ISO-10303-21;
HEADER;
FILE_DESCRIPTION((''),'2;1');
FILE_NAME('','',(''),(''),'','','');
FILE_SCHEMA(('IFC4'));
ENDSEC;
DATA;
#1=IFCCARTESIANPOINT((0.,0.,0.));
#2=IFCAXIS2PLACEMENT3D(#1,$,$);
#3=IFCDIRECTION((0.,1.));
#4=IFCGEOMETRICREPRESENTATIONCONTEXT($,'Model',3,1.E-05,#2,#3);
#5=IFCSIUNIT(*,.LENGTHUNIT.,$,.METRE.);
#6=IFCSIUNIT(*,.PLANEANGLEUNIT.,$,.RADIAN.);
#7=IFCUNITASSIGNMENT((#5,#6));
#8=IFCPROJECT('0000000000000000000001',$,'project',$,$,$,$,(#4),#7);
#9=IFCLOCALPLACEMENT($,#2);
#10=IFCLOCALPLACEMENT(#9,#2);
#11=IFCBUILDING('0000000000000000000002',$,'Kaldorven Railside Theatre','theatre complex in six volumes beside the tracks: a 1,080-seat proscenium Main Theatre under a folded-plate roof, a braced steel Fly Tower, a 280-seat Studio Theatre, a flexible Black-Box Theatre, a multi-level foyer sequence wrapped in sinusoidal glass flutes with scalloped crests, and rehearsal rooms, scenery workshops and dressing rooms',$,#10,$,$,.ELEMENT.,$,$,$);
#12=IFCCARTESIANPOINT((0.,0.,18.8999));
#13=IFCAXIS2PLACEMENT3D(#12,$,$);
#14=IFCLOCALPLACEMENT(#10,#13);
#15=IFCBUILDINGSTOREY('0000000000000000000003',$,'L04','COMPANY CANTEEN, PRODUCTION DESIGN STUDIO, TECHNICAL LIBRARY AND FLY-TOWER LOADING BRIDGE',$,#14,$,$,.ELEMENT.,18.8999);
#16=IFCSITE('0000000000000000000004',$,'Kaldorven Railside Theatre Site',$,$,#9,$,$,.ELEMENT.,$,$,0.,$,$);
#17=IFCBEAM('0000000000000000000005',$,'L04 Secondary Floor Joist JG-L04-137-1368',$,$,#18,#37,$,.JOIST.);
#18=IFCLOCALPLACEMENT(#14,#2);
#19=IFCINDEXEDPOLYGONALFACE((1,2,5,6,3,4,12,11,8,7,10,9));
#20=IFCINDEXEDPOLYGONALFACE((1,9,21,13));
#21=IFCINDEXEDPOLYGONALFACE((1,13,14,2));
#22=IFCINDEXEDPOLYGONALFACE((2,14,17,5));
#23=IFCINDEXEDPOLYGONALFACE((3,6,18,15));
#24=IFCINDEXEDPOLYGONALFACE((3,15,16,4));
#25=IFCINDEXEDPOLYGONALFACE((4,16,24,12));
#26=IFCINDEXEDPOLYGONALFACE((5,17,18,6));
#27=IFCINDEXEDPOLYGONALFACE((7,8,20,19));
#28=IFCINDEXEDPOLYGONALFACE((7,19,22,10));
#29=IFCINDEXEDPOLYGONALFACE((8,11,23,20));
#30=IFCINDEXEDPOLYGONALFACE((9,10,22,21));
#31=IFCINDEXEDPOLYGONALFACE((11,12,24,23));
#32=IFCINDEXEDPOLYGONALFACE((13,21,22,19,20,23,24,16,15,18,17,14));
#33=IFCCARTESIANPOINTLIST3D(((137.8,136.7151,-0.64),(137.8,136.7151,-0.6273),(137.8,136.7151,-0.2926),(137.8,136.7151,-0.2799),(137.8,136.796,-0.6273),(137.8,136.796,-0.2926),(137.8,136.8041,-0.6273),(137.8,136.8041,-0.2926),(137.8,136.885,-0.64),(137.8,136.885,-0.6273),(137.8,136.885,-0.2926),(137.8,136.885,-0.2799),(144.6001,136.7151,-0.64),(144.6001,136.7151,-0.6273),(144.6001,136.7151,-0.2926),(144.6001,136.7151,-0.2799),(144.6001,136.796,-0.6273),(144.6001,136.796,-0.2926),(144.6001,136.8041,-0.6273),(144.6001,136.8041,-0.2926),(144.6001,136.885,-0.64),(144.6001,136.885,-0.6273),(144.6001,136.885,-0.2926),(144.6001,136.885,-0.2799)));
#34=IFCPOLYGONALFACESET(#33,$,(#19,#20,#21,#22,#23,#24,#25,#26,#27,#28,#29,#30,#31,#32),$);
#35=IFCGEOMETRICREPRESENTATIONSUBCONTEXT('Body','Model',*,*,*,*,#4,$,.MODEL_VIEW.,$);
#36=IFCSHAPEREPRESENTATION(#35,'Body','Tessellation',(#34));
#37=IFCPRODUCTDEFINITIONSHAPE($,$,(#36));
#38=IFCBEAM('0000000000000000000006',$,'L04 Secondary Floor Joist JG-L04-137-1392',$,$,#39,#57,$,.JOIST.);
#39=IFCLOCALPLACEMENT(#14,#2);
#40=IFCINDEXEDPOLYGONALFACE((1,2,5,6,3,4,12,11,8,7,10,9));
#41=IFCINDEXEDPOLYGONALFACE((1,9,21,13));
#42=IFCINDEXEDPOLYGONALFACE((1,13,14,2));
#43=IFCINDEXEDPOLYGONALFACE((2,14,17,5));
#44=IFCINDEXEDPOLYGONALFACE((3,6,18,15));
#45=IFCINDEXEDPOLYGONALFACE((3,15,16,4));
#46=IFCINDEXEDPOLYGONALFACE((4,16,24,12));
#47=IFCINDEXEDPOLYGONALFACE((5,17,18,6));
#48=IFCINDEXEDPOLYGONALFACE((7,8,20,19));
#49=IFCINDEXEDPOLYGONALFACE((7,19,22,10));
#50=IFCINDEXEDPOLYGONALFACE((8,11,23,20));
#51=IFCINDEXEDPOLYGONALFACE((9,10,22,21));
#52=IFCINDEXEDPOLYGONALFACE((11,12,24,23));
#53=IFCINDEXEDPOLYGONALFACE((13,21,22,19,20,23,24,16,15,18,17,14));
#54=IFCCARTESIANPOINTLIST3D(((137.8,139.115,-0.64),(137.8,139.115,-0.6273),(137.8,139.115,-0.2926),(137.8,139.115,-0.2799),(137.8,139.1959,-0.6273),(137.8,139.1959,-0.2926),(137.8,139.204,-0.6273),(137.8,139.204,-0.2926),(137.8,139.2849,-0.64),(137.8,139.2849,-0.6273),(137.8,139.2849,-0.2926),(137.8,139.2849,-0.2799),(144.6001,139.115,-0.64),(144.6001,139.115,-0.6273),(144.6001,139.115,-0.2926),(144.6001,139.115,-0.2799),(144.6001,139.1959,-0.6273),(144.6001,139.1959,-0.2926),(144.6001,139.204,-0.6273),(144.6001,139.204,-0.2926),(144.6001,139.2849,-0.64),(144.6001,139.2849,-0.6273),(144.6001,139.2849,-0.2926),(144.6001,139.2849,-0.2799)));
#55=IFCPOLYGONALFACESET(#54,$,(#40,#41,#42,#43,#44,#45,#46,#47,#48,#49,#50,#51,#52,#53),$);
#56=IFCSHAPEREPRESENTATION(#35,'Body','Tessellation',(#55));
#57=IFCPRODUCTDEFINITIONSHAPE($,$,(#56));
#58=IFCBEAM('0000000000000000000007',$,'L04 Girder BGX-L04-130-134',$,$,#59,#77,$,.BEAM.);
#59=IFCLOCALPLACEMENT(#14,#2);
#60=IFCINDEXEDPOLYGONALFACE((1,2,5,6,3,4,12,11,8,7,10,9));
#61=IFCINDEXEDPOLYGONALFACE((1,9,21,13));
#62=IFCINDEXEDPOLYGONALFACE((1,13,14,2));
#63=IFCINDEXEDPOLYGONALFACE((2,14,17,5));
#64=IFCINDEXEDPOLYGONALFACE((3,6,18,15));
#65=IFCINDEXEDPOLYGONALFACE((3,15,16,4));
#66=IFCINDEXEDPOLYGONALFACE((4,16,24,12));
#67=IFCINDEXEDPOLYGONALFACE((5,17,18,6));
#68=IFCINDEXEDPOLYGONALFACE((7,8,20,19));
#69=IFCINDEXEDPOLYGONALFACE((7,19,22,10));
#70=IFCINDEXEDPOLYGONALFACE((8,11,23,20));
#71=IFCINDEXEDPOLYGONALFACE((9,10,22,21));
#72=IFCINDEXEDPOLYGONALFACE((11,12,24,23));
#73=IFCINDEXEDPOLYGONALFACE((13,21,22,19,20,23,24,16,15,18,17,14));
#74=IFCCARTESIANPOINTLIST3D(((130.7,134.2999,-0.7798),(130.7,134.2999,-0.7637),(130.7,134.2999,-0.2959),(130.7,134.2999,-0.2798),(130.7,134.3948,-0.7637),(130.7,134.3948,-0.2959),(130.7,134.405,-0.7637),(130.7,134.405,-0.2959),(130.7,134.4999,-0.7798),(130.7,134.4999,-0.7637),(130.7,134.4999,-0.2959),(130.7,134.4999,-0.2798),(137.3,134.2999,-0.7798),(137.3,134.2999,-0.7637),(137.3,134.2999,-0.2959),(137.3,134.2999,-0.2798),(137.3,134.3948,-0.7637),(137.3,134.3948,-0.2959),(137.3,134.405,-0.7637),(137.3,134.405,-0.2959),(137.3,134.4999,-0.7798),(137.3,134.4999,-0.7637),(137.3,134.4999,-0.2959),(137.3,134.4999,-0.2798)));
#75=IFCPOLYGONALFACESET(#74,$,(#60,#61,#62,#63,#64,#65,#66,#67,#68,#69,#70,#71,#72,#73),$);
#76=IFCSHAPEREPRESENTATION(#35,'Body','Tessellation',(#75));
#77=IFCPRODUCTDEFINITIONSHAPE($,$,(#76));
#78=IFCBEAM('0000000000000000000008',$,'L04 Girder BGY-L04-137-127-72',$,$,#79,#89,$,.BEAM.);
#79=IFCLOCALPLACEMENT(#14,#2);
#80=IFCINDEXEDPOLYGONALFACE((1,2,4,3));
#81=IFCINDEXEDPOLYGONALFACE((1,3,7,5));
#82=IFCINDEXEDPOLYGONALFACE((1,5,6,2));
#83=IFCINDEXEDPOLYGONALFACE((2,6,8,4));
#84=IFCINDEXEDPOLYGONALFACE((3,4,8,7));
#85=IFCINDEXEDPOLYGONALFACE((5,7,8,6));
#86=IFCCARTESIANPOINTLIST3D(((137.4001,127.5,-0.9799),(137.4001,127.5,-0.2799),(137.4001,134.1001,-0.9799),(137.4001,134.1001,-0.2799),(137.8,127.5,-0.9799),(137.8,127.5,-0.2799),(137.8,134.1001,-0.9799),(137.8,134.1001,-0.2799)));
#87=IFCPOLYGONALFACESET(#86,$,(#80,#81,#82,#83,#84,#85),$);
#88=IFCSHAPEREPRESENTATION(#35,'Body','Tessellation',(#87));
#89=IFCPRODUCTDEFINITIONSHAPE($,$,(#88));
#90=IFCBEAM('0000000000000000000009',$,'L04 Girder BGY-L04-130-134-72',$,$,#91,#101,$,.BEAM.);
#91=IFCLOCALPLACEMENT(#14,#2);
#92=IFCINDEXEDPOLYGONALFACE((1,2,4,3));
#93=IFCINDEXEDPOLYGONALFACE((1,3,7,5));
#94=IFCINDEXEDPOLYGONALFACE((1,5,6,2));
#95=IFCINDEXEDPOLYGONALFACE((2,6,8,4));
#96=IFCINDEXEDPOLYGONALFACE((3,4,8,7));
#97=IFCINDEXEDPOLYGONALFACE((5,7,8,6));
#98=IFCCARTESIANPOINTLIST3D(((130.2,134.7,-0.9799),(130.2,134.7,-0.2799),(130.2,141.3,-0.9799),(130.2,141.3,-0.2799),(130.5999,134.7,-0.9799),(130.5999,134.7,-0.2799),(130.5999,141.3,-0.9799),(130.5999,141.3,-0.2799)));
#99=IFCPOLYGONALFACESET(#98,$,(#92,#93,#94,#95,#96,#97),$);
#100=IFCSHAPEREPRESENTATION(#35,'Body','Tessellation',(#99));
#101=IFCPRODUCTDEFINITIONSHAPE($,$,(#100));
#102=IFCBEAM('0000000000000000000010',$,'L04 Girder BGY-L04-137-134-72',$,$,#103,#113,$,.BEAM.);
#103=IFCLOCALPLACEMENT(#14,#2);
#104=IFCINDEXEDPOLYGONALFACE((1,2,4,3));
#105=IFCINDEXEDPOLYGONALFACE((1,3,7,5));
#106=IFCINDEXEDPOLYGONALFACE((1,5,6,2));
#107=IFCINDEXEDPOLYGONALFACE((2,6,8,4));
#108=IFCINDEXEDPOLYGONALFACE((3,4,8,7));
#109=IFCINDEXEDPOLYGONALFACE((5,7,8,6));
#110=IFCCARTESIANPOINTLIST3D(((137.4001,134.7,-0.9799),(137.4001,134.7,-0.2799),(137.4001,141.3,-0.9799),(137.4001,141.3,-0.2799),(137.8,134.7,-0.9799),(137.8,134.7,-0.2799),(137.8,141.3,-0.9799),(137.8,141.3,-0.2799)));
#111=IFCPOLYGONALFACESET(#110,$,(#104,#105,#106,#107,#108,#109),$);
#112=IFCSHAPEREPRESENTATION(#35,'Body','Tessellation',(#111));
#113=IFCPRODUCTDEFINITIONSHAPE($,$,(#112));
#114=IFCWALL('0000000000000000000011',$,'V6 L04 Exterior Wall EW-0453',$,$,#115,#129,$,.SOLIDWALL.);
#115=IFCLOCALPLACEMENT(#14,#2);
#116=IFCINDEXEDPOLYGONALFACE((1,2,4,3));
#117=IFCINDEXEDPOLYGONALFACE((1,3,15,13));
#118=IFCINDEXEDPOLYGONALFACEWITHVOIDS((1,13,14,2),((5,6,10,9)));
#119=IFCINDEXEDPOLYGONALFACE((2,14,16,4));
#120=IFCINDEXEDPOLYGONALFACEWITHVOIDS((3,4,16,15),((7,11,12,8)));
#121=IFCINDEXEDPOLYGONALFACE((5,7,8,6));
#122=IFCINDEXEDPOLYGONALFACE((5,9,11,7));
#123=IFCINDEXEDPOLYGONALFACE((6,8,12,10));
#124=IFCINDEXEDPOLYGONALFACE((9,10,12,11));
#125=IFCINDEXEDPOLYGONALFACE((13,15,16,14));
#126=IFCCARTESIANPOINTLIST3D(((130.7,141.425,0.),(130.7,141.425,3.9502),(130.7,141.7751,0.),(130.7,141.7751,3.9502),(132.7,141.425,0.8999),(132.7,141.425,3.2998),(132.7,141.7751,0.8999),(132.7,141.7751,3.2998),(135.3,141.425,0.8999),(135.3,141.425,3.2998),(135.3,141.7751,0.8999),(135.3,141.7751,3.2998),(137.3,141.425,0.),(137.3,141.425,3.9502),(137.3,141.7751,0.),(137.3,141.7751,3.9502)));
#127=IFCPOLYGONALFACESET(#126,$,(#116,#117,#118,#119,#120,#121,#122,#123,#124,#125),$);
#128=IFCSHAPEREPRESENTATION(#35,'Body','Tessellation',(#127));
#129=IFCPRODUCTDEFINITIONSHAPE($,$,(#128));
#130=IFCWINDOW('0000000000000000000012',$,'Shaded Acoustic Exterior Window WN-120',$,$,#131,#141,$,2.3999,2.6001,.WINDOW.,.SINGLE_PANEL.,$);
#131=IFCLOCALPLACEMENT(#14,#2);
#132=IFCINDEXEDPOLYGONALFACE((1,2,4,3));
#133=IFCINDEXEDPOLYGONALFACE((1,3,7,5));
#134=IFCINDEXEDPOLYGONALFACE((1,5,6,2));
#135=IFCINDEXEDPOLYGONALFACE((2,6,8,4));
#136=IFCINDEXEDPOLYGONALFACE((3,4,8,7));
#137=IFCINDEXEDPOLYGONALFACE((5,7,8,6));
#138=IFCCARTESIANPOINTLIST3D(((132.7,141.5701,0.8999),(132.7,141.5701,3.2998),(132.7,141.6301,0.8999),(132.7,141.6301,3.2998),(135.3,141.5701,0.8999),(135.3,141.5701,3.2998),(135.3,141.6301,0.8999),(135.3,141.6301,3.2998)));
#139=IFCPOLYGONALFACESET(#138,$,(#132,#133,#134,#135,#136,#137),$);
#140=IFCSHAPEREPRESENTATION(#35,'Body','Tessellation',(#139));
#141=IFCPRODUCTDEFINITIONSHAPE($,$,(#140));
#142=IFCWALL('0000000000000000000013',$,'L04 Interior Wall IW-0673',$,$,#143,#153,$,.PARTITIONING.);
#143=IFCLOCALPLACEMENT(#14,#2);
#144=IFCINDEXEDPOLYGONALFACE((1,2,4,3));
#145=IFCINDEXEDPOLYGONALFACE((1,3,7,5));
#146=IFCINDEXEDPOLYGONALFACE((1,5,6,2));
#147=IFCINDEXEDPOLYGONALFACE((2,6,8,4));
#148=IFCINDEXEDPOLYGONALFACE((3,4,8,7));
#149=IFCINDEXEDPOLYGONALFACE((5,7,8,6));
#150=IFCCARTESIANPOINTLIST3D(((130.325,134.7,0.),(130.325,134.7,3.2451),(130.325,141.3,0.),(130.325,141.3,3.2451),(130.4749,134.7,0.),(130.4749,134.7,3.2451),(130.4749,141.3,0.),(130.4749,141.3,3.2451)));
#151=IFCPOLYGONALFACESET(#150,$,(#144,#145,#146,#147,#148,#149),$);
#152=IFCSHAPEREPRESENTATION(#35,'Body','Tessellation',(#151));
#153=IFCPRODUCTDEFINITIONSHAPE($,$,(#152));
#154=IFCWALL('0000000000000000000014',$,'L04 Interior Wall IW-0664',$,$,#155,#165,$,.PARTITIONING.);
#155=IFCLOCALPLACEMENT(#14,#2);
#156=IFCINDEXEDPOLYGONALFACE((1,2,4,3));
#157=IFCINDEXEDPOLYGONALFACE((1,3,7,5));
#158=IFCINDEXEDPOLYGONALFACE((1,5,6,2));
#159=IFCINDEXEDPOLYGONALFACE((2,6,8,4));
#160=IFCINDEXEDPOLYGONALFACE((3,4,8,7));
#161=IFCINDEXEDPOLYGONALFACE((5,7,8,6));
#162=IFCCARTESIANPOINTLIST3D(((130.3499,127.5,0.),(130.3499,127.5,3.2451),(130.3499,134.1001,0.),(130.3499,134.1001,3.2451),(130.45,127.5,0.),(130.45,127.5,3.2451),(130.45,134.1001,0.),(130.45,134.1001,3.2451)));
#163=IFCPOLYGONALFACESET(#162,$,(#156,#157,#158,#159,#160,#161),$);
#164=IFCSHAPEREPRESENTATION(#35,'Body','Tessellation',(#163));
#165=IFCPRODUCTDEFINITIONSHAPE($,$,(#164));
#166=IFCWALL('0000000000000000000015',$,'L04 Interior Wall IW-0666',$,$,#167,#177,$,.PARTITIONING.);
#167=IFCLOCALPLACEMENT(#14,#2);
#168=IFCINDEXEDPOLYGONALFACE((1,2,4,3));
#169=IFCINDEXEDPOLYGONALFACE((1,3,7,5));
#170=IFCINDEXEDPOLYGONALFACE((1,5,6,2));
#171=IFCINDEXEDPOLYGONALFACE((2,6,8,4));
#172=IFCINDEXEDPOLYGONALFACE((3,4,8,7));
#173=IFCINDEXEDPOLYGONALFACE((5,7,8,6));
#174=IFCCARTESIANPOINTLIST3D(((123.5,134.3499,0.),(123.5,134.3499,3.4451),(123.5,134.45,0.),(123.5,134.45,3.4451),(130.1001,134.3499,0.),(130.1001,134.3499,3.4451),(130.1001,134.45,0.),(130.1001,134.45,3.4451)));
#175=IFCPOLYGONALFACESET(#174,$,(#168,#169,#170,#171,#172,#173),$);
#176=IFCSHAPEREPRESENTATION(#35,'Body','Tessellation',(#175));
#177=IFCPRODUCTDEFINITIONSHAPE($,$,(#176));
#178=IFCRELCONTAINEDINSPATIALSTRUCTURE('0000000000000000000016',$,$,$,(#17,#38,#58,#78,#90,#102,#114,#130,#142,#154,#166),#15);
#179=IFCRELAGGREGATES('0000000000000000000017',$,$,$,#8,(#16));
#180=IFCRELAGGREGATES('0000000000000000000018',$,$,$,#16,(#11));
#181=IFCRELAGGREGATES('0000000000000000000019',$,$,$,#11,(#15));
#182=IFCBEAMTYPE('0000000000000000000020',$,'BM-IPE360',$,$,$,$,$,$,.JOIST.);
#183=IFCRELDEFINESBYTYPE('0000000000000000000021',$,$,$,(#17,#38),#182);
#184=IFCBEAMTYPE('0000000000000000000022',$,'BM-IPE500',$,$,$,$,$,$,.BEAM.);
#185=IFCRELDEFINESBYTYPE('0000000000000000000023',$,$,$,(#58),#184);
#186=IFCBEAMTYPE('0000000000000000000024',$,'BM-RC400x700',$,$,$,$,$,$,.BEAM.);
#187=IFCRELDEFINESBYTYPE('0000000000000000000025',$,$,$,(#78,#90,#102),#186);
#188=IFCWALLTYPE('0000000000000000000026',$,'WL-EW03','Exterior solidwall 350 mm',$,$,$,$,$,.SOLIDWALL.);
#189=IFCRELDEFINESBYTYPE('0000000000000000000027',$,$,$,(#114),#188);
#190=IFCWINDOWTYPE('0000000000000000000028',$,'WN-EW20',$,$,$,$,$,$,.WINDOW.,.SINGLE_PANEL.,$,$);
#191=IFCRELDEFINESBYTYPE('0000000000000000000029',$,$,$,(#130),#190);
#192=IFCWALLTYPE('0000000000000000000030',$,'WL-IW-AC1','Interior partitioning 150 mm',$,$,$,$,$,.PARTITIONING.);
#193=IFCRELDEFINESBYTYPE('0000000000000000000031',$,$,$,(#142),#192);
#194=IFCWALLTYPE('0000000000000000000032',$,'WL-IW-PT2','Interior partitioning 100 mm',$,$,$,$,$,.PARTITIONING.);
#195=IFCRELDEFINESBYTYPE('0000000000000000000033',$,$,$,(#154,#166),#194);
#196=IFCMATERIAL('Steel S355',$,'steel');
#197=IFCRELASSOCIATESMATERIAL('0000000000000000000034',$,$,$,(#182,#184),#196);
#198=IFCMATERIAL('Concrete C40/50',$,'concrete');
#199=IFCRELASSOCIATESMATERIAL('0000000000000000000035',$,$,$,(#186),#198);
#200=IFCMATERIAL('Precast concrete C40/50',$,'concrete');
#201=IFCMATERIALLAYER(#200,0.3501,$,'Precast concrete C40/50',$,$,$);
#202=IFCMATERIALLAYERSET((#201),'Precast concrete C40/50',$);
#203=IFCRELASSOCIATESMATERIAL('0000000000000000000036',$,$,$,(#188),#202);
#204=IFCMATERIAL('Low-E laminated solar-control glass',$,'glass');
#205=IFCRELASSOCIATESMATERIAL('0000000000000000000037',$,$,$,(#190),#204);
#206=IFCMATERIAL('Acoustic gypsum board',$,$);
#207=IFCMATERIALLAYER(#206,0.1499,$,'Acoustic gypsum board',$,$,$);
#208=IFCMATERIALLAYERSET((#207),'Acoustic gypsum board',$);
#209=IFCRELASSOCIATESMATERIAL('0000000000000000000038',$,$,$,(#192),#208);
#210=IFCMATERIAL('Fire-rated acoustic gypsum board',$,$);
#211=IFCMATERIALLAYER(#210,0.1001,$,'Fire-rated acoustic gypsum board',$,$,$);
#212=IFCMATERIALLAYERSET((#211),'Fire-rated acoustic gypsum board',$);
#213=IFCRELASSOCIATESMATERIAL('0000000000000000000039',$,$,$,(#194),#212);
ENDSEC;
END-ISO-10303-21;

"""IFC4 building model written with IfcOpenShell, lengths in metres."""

from ifc_helpers import new_model, si_unit, direction, frame, frame_2d, origin, origin_2d, place, context, subcontext, project, spatial, rectangle, i_section, extrude, material, layer, layer_set, material_profile, profile_set, type_object, element, fill, save


model = new_model("IFC4")

# Units and contexts
model_context = context("Model", 3, precision=1e-05, world=origin(), true_north=direction((0.0, 1.0)))
body_context = subcontext(model_context, "Body", "Model", "MODEL_VIEW")
ifc_project = project(units=[si_unit("LENGTHUNIT", "METRE"), si_unit("PLANEANGLEUNIT", "RADIAN")], contexts=[model_context])

# Site, building, storey
site_placement = place(None, origin())
site = spatial("IfcSite", under=ifc_project, at=site_placement, Name="Kaldorven Railside Theatre Site", CompositionType="ELEMENT", RefElevation=0.0)
building_placement = place(site_placement, origin())
building = spatial("IfcBuilding", under=site, at=building_placement, Name="Kaldorven Railside Theatre", Description="theatre complex in six volumes beside the tracks: a 1,080-seat proscenium Main Theatre under a folded-plate roof, a braced steel Fly Tower, a 280-seat Studio Theatre, a flexible Black-Box Theatre, a multi-level foyer sequence wrapped in sinusoidal glass flutes with scalloped crests, and rehearsal rooms, scenery workshops and dressing rooms", CompositionType="ELEMENT")
storey_placement = place(building_placement, frame((0.0, 0.0, 18.8999)))
storey = spatial("IfcBuildingStorey", under=building, at=storey_placement, Name="L04", Description="COMPANY CANTEEN, PRODUCTION DESIGN STUDIO, TECHNICAL LIBRARY AND FLY-TOWER LOADING BRIDGE", CompositionType="ELEMENT", Elevation=18.8999)

# Shared definitions
ifc_material_1 = material(Name="Concrete C40/50", Category="concrete")

# Beams
ifc_material_2 = material(Name="Steel S355", Category="steel")
ifc_material_profile_1 = material_profile(ifc_material_2, i_section(OverallWidth=0.1699, OverallDepth=0.3601, WebThickness=0.0081, FlangeThickness=0.0127, at=origin_2d()), Name="IPE 360")
ifc_profile_set_1 = profile_set([ifc_material_profile_1], Name="Steel S355")
beam_type_1 = type_object("IfcBeamType", Name="BM-IPE360", PredefinedType="JOIST", material=ifc_profile_set_1)
for number, where, z_axis, x_axis, name in (
    (1, (137.8, 136.8, -0.46), (1.0, 0.0, 0.0), (0.0, 1.0, 0.0), "L04 Secondary Floor Joist JG-L04-137-1368"),
    (2, (137.8, 139.2, -0.46), (1.0, 0.0, 0.0), (0.0, 1.0, 0.0), "L04 Secondary Floor Joist JG-L04-137-1392"),
):
    element("IfcBeam", number, at=place(storey_placement, frame(where, z_axis=z_axis, x_axis=x_axis)), inside=storey, type_object=beam_type_1, Name=name, PredefinedType="JOIST", context=body_context, shape_type="SweptSolid", body=[
        extrude(i_section(OverallWidth=0.1699, OverallDepth=0.3601, WebThickness=0.0081, FlangeThickness=0.0127, at=origin_2d()), origin(), (0.0, 0.0, 1.0), 6.8),
    ])
ifc_material_profile_2 = material_profile(ifc_material_2, i_section(OverallWidth=0.2, OverallDepth=0.5, WebThickness=0.0103, FlangeThickness=0.0161, at=origin_2d()), Name="IPE 500")
ifc_profile_set_2 = profile_set([ifc_material_profile_2], Name="Steel S355")
beam_type_2 = type_object("IfcBeamType", Name="BM-IPE500", PredefinedType="BEAM", material=ifc_profile_set_2)
beam_1_placement = place(storey_placement, frame((130.7, 134.3999, -0.5298), z_axis=(1.0, 0.0, 0.0), x_axis=(0.0, 1.0, 0.0)))
element("IfcBeam", 3, at=beam_1_placement, inside=storey, type_object=beam_type_2, Name="L04 Girder BGX-L04-130-134", PredefinedType="BEAM", context=body_context, shape_type="SweptSolid", body=[
    extrude(i_section(OverallWidth=0.2, OverallDepth=0.5, WebThickness=0.0103, FlangeThickness=0.0161, at=origin_2d()), origin(), (0.0, 0.0, 1.0), 6.6001),
])
ifc_material_profile_3 = material_profile(ifc_material_1, rectangle(XDim=0.3999, YDim=0.7, at=origin_2d()), Name="RC 400x700")
ifc_profile_set_3 = profile_set([ifc_material_profile_3], Name="Concrete C40/50")
beam_type_3 = type_object("IfcBeamType", Name="BM-RC400x700", PredefinedType="BEAM", material=ifc_profile_set_3)
for number, where, z_axis, x_axis, name in (
    (4, (137.6001, 127.5, -0.6299), (0.0, 1.0, 0.0), (-1.0, 0.0, 0.0), "L04 Girder BGY-L04-137-127-72"),
    (5, (130.3999, 134.7, -0.6299), (0.0, 1.0, 0.0), (-1.0, 0.0, 0.0), "L04 Girder BGY-L04-130-134-72"),
    (6, (137.6001, 134.7, -0.6299), (0.0, 1.0, 0.0), (-1.0, 0.0, 0.0), "L04 Girder BGY-L04-137-134-72"),
):
    element("IfcBeam", number, at=place(storey_placement, frame(where, z_axis=z_axis, x_axis=x_axis)), inside=storey, type_object=beam_type_3, Name=name, PredefinedType="BEAM", context=body_context, shape_type="SweptSolid", body=[
        extrude(rectangle(XDim=0.3999, YDim=0.7, at=origin_2d()), origin(), (0.0, 0.0, 1.0), 6.6001),
    ])

# Wall, opening, window
ifc_material_3 = material(Name="Precast concrete C40/50", Category="concrete")
ifc_layer_1 = layer(ifc_material_3, 0.3501, Name="Precast concrete C40/50")
ifc_layer_set_1 = layer_set([ifc_layer_1], Name="Precast concrete C40/50")
wall_type_1 = type_object("IfcWallType", Name="WL-EW03", Description="Exterior solidwall 350 mm", PredefinedType="SOLIDWALL", material=ifc_layer_set_1)
wall_1_placement = place(storey_placement, frame((130.7, 141.6001, 0.0), z_axis=(0.0, 0.0, 1.0), x_axis=(1.0, 0.0, 0.0)))
wall_1 = element("IfcWall", 7, at=wall_1_placement, inside=storey, type_object=wall_type_1, Name="V6 L04 Exterior Wall EW-0453", PredefinedType="SOLIDWALL", context=body_context, shape_type="SweptSolid", body=[
    extrude(rectangle(XDim=6.6001, YDim=0.3501, at=frame_2d((3.3, 0.0))), origin(), (0.0, 0.0, 1.0), 3.9502),
])
opening_placement = place(wall_1_placement, frame((2.0, 0.0, 0.8999)))
opening = element("IfcOpeningElement", 8, at=opening_placement, cuts=wall_1, PredefinedType="OPENING", context=body_context, shape_type="SweptSolid", body=[
    extrude(rectangle(XDim=2.6001, YDim=2.3999, at=frame_2d((1.3, 1.2))), frame((0.0, 0.1851, 0.0), z_axis=(0.0, -1.0, 0.0), x_axis=(1.0, 0.0, 0.0)), (0.0, 0.0, 1.0), 0.3701),
])
ifc_material_4 = material(Name="Low-E laminated solar-control glass", Category="glass")
window_type = type_object("IfcWindowType", Name="WN-EW20", PartitioningType="SINGLE_PANEL", PredefinedType="WINDOW", material=ifc_material_4)
window_placement = place(opening_placement, origin())
window = element("IfcWindow", 9, at=window_placement, inside=storey, type_object=window_type, Name="Shaded Acoustic Exterior Window WN-120", OverallHeight=2.3999, OverallWidth=2.6001, PartitioningType="SINGLE_PANEL", PredefinedType="WINDOW", context=body_context, shape_type="SweptSolid", body=[
    extrude(rectangle(XDim=2.6001, YDim=2.3999, at=frame_2d((1.3, 1.2))), frame((0.0, 0.03, 0.0), z_axis=(0.0, -1.0, 0.0), x_axis=(1.0, 0.0, 0.0)), (0.0, 0.0, 1.0), 0.0601),
])
fill(opening, window)

# Walls
ifc_material_5 = material(Name="Acoustic gypsum board")
ifc_layer_2 = layer(ifc_material_5, 0.1499, Name="Acoustic gypsum board")
ifc_layer_set_2 = layer_set([ifc_layer_2], Name="Acoustic gypsum board")
wall_type_2 = type_object("IfcWallType", Name="WL-IW-AC1", Description="Interior partitioning 150 mm", PredefinedType="PARTITIONING", material=ifc_layer_set_2)
wall_2_placement = place(storey_placement, frame((130.3999, 141.3, 0.0), z_axis=(0.0, 0.0, 1.0), x_axis=(0.0, -1.0, 0.0)))
element("IfcWall", 10, at=wall_2_placement, inside=storey, type_object=wall_type_2, Name="L04 Interior Wall IW-0673", PredefinedType="PARTITIONING", context=body_context, shape_type="SweptSolid", body=[
    extrude(rectangle(XDim=6.6001, YDim=0.1499, at=frame_2d((3.3, 0.0))), origin(), (0.0, 0.0, 1.0), 3.2451),
])
ifc_material_6 = material(Name="Fire-rated acoustic gypsum board")
ifc_layer_3 = layer(ifc_material_6, 0.1001, Name="Fire-rated acoustic gypsum board")
ifc_layer_set_3 = layer_set([ifc_layer_3], Name="Fire-rated acoustic gypsum board")
wall_type_3 = type_object("IfcWallType", Name="WL-IW-PT2", Description="Interior partitioning 100 mm", PredefinedType="PARTITIONING", material=ifc_layer_set_3)
wall_3_placement = place(storey_placement, frame((130.3999, 127.5, 0.0), z_axis=(0.0, 0.0, 1.0), x_axis=(0.0, 1.0, 0.0)))
element("IfcWall", 11, at=wall_3_placement, inside=storey, type_object=wall_type_3, Name="L04 Interior Wall IW-0664", PredefinedType="PARTITIONING", context=body_context, shape_type="SweptSolid", body=[
    extrude(rectangle(XDim=6.6001, YDim=0.1001, at=frame_2d((3.3, 0.0))), origin(), (0.0, 0.0, 1.0), 3.2451),
])
wall_4_placement = place(storey_placement, frame((130.1001, 134.3999, 0.0), z_axis=(0.0, 0.0, 1.0), x_axis=(-1.0, 0.0, 0.0)))
element("IfcWall", 12, at=wall_4_placement, inside=storey, type_object=wall_type_3, Name="L04 Interior Wall IW-0666", PredefinedType="PARTITIONING", context=body_context, shape_type="SweptSolid", body=[
    extrude(rectangle(XDim=6.6001, YDim=0.1001, at=frame_2d((3.3, 0.0))), origin(), (0.0, 0.0, 1.0), 3.4451),
])

save(model, "model.ifc")
